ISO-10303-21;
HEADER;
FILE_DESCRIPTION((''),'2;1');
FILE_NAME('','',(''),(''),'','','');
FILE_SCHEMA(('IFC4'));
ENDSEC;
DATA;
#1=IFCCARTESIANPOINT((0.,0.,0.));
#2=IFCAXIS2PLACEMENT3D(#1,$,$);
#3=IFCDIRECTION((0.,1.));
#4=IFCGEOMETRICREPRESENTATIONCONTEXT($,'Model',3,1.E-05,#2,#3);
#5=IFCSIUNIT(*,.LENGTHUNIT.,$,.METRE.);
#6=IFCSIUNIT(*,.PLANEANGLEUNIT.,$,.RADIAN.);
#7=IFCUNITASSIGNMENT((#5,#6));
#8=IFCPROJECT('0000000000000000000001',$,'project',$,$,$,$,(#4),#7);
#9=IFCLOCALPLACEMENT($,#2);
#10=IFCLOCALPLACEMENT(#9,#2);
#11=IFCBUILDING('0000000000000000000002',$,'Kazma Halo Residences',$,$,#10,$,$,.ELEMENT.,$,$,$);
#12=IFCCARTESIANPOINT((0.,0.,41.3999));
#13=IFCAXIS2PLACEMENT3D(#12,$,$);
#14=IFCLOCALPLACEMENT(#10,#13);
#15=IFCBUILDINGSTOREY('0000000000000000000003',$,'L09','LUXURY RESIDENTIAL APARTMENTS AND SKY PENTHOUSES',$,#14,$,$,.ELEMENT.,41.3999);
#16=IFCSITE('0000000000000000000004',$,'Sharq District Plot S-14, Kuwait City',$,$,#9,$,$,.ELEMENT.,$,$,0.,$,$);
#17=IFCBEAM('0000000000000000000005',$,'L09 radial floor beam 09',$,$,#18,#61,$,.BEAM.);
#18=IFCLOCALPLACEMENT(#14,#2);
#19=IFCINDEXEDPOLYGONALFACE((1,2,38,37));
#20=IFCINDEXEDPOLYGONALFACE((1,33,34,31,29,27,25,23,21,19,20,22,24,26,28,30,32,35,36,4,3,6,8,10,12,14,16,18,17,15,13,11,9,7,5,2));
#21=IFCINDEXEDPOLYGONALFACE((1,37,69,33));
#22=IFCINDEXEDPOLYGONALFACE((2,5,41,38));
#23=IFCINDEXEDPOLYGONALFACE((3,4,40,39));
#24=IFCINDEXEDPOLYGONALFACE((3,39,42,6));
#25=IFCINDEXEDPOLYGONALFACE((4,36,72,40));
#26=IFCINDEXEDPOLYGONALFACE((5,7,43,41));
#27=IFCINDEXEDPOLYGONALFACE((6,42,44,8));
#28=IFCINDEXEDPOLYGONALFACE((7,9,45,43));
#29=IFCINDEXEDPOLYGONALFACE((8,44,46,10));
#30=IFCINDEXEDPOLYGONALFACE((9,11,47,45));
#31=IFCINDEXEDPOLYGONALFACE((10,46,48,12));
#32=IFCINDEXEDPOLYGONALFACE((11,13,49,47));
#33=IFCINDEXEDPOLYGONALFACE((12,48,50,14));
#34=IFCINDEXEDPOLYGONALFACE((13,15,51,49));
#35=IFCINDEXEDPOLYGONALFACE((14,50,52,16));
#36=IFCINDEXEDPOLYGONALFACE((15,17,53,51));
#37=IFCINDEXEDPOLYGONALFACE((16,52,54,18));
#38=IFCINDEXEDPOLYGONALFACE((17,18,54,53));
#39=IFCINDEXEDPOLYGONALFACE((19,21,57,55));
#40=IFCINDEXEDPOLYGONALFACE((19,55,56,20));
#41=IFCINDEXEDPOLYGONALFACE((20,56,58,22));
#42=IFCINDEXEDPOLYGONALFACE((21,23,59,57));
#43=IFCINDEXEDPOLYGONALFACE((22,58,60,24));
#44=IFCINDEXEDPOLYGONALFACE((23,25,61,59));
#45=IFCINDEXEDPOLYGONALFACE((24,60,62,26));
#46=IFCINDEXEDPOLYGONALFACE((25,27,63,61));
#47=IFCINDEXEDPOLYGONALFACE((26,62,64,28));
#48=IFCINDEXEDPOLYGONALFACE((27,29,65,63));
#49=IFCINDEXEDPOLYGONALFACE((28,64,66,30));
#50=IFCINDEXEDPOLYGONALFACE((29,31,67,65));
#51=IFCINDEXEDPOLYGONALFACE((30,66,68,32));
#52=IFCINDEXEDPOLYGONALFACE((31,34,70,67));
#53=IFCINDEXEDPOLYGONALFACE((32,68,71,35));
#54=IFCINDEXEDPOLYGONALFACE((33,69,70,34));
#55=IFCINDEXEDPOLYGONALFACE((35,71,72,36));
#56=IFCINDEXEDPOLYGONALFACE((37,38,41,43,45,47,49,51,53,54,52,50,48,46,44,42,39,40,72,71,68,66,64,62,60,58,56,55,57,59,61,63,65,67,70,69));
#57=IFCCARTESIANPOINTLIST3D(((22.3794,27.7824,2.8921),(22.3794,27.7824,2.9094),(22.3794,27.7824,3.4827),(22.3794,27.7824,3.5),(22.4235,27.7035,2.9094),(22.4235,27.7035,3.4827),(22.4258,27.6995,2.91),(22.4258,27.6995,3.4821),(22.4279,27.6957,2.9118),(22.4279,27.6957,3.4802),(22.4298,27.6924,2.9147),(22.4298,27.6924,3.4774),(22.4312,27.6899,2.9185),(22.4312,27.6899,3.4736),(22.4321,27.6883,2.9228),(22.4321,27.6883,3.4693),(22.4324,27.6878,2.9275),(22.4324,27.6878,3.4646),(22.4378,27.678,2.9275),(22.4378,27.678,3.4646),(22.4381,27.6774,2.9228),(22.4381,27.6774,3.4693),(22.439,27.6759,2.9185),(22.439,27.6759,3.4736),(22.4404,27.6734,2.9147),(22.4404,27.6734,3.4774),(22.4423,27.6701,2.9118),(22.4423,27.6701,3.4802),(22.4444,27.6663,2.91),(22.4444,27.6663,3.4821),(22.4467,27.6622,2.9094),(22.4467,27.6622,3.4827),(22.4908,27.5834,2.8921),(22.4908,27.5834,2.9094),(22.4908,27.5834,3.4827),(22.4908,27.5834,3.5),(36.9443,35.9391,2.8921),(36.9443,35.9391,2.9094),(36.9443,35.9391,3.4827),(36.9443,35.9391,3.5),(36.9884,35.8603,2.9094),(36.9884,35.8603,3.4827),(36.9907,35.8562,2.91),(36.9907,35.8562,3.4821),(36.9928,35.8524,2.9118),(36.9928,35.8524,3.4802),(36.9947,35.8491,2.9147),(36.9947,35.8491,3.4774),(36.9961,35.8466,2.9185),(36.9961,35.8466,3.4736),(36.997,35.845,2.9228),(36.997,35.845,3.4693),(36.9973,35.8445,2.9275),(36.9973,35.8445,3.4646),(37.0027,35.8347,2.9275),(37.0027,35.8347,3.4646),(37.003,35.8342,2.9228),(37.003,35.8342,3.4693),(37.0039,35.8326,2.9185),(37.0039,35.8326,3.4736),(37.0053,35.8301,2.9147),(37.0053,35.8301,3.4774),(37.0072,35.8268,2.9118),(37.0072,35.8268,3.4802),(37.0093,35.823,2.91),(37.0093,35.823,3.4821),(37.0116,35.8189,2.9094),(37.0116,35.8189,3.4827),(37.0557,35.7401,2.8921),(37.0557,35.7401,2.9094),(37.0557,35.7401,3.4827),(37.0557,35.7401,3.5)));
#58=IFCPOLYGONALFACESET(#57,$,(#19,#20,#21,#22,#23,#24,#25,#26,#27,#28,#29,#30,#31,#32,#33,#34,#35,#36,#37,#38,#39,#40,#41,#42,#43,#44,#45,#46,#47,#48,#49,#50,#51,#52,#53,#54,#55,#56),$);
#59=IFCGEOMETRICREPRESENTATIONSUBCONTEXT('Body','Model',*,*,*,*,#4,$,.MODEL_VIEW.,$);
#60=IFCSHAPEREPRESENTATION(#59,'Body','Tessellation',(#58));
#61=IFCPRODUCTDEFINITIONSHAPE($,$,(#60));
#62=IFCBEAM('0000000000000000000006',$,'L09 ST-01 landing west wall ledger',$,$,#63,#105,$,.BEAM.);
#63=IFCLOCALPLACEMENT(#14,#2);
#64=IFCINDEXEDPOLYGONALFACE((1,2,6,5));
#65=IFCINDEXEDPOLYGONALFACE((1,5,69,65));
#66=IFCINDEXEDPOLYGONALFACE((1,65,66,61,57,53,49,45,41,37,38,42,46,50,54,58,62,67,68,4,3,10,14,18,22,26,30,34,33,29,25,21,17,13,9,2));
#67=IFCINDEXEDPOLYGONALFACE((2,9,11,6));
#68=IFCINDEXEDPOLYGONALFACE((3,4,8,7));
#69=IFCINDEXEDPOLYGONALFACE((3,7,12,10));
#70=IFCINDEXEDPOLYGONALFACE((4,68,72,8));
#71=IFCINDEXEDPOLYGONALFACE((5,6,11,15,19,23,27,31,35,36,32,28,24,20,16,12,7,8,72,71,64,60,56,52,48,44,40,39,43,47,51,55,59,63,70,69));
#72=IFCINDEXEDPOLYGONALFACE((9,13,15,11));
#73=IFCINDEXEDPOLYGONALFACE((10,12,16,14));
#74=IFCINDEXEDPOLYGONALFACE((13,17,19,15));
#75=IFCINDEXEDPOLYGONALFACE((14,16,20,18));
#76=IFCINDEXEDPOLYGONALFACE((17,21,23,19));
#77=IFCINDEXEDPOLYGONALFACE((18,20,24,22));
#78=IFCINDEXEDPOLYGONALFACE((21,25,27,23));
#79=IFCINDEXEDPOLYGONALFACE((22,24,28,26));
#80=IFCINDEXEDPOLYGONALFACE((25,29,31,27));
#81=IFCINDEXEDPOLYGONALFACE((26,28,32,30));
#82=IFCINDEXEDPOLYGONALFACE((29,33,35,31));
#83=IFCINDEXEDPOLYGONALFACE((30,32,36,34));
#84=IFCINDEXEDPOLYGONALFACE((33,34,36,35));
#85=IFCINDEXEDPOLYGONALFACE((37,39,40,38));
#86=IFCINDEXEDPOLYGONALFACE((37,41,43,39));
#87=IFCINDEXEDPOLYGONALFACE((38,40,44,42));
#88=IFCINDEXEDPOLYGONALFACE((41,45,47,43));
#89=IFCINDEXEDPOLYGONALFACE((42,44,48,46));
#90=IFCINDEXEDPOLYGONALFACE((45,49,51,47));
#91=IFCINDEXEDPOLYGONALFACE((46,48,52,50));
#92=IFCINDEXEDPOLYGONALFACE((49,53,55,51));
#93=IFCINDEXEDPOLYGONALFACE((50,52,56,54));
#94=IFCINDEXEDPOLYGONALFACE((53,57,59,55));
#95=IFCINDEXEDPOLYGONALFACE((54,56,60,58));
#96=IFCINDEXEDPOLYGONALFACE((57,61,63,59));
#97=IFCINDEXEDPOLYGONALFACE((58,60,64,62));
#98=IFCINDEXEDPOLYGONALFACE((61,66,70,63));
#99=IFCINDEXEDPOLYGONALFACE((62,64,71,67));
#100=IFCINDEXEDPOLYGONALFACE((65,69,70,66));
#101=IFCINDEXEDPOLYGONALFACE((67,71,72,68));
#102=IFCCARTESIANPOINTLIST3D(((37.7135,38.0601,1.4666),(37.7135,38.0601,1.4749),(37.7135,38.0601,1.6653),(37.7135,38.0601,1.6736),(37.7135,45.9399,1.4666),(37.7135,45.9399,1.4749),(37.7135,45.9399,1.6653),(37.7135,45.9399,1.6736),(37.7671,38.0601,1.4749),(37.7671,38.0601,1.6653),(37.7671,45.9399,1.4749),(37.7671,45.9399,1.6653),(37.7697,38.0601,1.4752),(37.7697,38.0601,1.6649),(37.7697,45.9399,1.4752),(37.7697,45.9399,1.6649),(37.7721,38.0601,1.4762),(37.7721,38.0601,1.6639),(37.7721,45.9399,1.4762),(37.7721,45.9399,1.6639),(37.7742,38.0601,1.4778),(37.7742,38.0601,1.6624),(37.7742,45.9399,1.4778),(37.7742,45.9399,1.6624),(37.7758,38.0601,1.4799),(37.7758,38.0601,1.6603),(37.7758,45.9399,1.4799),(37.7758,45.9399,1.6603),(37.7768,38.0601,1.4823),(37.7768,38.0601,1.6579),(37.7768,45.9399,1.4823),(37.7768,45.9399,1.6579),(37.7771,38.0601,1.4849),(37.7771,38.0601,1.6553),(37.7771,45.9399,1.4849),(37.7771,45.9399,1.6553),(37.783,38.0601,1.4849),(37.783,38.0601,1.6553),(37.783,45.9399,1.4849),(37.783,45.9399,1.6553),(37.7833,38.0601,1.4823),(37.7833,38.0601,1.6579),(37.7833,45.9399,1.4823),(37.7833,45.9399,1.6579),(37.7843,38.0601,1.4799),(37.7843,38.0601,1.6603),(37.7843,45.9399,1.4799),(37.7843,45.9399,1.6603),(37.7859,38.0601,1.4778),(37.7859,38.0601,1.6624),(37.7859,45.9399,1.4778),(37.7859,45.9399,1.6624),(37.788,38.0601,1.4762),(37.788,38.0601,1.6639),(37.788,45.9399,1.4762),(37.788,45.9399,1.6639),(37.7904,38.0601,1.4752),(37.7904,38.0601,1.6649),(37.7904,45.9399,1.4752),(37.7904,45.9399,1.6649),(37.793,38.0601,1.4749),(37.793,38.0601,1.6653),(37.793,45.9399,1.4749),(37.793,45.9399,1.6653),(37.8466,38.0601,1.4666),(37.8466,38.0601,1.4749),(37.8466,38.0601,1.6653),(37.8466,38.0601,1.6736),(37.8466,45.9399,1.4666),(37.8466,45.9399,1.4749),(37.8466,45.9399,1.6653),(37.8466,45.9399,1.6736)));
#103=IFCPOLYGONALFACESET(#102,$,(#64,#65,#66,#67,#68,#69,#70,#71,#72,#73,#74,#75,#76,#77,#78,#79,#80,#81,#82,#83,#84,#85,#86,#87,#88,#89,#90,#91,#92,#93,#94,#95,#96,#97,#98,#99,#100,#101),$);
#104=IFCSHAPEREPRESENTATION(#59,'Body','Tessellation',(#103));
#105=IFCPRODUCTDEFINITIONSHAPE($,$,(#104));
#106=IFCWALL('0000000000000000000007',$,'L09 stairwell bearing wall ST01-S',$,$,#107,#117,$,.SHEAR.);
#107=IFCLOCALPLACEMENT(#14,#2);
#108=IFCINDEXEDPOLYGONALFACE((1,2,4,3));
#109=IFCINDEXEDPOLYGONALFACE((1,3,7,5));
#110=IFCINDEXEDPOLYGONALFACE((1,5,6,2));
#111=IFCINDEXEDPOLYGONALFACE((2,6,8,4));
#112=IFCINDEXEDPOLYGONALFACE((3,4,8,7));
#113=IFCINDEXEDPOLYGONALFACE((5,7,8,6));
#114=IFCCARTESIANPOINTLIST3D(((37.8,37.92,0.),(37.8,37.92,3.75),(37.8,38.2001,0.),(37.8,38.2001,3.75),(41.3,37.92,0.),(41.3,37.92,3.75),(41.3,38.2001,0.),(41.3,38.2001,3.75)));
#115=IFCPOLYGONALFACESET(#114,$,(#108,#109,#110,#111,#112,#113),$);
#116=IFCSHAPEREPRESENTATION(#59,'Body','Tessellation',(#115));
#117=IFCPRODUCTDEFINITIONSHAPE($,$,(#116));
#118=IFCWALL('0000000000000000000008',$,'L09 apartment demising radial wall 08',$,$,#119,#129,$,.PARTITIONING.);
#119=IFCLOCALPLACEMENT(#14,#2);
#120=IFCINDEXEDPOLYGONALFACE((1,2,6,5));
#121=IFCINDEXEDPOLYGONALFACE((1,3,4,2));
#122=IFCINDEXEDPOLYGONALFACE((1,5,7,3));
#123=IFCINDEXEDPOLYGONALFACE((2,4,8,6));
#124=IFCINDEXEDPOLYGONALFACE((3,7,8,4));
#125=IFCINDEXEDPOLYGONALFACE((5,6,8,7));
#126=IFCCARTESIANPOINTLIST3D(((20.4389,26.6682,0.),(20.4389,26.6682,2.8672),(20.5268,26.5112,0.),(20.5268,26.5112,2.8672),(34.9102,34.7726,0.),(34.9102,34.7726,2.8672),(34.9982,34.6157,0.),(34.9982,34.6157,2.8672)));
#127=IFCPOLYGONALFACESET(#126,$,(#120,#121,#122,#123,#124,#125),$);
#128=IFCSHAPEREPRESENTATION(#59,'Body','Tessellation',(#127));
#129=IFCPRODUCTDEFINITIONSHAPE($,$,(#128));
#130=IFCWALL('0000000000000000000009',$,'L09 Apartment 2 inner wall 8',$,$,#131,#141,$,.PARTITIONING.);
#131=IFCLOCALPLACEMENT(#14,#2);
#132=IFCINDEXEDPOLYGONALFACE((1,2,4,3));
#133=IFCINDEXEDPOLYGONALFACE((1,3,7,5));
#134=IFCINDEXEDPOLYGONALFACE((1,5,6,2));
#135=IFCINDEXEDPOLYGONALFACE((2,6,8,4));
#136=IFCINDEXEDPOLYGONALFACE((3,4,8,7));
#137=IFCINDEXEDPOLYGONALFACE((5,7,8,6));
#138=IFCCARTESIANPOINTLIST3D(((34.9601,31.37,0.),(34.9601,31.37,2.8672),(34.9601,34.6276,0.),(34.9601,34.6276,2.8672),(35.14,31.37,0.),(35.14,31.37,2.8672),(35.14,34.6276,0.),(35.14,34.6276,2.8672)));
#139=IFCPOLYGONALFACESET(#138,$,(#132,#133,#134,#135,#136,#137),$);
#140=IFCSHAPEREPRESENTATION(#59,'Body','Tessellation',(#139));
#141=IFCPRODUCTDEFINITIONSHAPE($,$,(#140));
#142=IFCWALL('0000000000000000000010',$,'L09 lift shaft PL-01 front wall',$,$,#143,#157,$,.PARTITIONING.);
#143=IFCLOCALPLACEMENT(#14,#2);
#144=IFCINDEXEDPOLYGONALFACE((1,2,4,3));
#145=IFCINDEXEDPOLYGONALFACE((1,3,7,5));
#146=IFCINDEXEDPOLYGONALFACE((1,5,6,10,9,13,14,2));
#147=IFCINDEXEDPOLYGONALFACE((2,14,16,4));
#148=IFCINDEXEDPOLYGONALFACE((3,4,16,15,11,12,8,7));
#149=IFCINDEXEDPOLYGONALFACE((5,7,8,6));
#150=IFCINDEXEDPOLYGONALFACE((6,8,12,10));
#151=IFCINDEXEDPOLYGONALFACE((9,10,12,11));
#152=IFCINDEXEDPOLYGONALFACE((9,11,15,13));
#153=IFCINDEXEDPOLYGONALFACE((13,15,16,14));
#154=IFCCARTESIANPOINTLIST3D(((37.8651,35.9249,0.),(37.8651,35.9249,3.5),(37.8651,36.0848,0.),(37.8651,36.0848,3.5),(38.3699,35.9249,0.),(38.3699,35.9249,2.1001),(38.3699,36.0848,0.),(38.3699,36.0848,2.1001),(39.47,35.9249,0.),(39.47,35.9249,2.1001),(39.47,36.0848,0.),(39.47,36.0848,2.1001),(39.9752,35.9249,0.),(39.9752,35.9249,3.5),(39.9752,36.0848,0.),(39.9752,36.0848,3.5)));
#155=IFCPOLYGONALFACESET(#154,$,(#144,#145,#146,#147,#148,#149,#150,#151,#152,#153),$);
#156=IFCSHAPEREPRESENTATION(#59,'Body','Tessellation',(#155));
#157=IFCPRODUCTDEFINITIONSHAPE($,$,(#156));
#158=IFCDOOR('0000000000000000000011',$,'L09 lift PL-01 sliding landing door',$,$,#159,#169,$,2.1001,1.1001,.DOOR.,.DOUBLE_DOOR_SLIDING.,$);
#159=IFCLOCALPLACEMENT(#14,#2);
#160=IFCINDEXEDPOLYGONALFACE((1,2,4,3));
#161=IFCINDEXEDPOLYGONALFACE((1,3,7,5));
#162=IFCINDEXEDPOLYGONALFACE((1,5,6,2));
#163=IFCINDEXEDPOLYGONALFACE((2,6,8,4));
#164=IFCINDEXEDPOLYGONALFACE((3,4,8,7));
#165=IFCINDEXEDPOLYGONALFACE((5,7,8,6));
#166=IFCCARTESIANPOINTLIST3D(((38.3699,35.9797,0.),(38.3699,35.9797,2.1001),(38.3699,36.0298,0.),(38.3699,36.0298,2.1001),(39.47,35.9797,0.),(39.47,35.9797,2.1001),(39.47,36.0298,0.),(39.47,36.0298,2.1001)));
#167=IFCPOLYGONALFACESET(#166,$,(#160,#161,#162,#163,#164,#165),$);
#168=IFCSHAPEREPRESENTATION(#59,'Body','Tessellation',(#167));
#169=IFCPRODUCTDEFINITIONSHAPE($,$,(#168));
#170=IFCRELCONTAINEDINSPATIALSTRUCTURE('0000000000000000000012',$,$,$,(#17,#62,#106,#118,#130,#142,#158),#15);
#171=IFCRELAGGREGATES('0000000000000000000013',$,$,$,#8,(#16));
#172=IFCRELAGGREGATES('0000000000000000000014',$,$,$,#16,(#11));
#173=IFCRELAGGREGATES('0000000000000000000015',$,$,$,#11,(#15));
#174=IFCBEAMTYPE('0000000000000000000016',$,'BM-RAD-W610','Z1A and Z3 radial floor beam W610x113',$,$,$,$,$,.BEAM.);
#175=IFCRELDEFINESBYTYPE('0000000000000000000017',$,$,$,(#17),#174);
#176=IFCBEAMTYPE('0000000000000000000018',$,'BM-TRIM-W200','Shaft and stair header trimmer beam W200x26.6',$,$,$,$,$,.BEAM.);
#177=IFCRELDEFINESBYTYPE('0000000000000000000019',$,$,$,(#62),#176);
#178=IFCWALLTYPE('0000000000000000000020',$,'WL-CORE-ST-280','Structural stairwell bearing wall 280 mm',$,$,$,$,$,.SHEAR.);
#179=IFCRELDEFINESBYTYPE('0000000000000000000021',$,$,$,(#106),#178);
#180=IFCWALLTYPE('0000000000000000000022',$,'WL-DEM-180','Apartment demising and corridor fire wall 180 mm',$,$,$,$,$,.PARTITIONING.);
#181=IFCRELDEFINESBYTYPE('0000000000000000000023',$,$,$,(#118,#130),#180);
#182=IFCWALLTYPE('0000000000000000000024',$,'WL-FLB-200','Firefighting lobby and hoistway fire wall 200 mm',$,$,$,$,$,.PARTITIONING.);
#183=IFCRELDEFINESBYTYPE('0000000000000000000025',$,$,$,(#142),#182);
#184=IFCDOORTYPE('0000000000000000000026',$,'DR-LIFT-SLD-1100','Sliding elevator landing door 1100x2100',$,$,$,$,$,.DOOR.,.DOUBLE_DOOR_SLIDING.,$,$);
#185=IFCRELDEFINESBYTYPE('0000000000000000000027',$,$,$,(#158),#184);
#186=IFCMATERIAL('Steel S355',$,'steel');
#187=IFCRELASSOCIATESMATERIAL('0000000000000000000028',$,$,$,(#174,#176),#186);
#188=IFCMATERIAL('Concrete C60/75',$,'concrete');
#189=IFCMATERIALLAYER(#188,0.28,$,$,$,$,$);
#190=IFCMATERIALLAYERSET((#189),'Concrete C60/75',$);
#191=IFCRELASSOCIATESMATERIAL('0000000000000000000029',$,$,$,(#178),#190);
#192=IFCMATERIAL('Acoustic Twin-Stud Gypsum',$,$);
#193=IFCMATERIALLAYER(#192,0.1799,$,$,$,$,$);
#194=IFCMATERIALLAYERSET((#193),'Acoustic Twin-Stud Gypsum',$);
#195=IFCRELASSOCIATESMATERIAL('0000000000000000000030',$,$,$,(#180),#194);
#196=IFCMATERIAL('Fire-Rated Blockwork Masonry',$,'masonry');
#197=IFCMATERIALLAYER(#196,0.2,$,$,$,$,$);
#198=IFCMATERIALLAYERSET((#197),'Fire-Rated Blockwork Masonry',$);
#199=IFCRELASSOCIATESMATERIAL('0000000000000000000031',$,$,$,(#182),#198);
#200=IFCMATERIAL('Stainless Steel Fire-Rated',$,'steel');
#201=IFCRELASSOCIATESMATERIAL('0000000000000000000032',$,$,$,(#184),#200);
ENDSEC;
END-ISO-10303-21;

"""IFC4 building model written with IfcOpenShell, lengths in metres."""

from ifc_helpers import new_model, si_unit, direction, frame, frame_2d, origin, origin_2d, place, context, subcontext, project, spatial, rectangle, i_section, extrude, material, layer, layer_set, material_profile, profile_set, type_object, element, fill, save


model = new_model("IFC4")

# Units and contexts
model_context = context("Model", 3, precision=1e-05, world=origin(), true_north=direction((0.0, 1.0)))
body_context = subcontext(model_context, "Body", "Model", "MODEL_VIEW")
ifc_project = project(units=[si_unit("LENGTHUNIT", "METRE"), si_unit("PLANEANGLEUNIT", "RADIAN")], contexts=[model_context])

# Site, building, storey
site_placement = place(None, origin())
site = spatial("IfcSite", under=ifc_project, at=site_placement, Name="Sharq District Plot S-14, Kuwait City", CompositionType="ELEMENT", RefElevation=0.0)
building_placement = place(site_placement, origin())
building = spatial("IfcBuilding", under=site, at=building_placement, Name="Kazma Halo Residences", CompositionType="ELEMENT")
storey_placement = place(building_placement, frame((0.0, 0.0, 41.3999)))
storey = spatial("IfcBuildingStorey", under=building, at=storey_placement, Name="L09", Description="LUXURY RESIDENTIAL APARTMENTS AND SKY PENTHOUSES", CompositionType="ELEMENT", Elevation=41.3999)

# Beams
ifc_material_1 = material(Name="Steel S355", Category="steel")
ifc_material_profile_1 = material_profile(ifc_material_1, i_section(OverallWidth=0.228, OverallDepth=0.6079, WebThickness=0.0112, FlangeThickness=0.0173, FilletRadius=0.0181, at=origin_2d()), Name="W610x113")
ifc_profile_set_1 = profile_set([ifc_material_profile_1], Name="Steel S355")
beam_type_1 = type_object("IfcBeamType", Name="BM-RAD-W610", Description="Z1A and Z3 radial floor beam W610x113", PredefinedType="BEAM", material=ifc_profile_set_1)
beam_1_placement = place(storey_placement, frame((37.0, 35.8396, 3.196), z_axis=(-0.872497, -0.48862, 0.0), x_axis=(0.48862, -0.872497, 0.0)))
element("IfcBeam", 1, at=beam_1_placement, inside=storey, type_object=beam_type_1, Name="L09 radial floor beam 09", PredefinedType="BEAM", context=body_context, shape_type="SweptSolid", body=[
    extrude(i_section(OverallWidth=0.228, OverallDepth=0.6079, WebThickness=0.0112, FlangeThickness=0.0173, FilletRadius=0.0181, at=origin_2d()), origin(), (0.0, 0.0, 1.0), 16.6934),
])
ifc_material_profile_2 = material_profile(ifc_material_1, i_section(OverallWidth=0.1331, OverallDepth=0.207, WebThickness=0.0059, FlangeThickness=0.0083, FilletRadius=0.01, at=origin_2d()), Name="W200x26.6")
ifc_profile_set_2 = profile_set([ifc_material_profile_2], Name="Steel S355")
beam_type_2 = type_object("IfcBeamType", Name="BM-TRIM-W200", Description="Shaft and stair header trimmer beam W200x26.6", PredefinedType="BEAM", material=ifc_profile_set_2)
beam_2_placement = place(storey_placement, frame((37.78, 38.0601, 1.5701), z_axis=(0.0, 1.0, 0.0), x_axis=(-1.0, 0.0, 0.0)))
element("IfcBeam", 2, at=beam_2_placement, inside=storey, type_object=beam_type_2, Name="L09 ST-01 landing west wall ledger", PredefinedType="BEAM", context=body_context, shape_type="SweptSolid", body=[
    extrude(i_section(OverallWidth=0.1331, OverallDepth=0.207, WebThickness=0.0059, FlangeThickness=0.0083, FilletRadius=0.01, at=origin_2d()), origin(), (0.0, 0.0, 1.0), 7.8799),
])

# Walls
ifc_material_2 = material(Name="Concrete C60/75", Category="concrete")
ifc_layer_1 = layer(ifc_material_2, 0.28)
ifc_layer_set_1 = layer_set([ifc_layer_1], Name="Concrete C60/75")
wall_type_1 = type_object("IfcWallType", Name="WL-CORE-ST-280", Description="Structural stairwell bearing wall 280 mm", PredefinedType="SHEAR", material=ifc_layer_set_1)
wall_1_placement = place(storey_placement, frame((37.8, 38.0601, 0.0), z_axis=(0.0, 0.0, 1.0), x_axis=(1.0, 0.0, 0.0)))
element("IfcWall", 3, at=wall_1_placement, inside=storey, type_object=wall_type_1, Name="L09 stairwell bearing wall ST01-S", PredefinedType="SHEAR", context=body_context, shape_type="SweptSolid", body=[
    extrude(rectangle(XDim=3.5, YDim=0.28, at=frame_2d((1.75, 0.0))), origin(), (0.0, 0.0, 1.0), 3.75),
])
ifc_material_3 = material(Name="Acoustic Twin-Stud Gypsum")
ifc_layer_2 = layer(ifc_material_3, 0.1799)
ifc_layer_set_2 = layer_set([ifc_layer_2], Name="Acoustic Twin-Stud Gypsum")
wall_type_2 = type_object("IfcWallType", Name="WL-DEM-180", Description="Apartment demising and corridor fire wall 180 mm", PredefinedType="PARTITIONING", material=ifc_layer_set_2)
wall_2_placement = place(storey_placement, frame((34.9541, 34.6941, 0.0), z_axis=(0.0, 0.0, 1.0), x_axis=(-0.872493, -0.488626, 0.0)))
element("IfcWall", 4, at=wall_2_placement, inside=storey, type_object=wall_type_2, Name="L09 apartment demising radial wall 08", PredefinedType="PARTITIONING", context=body_context, shape_type="SweptSolid", body=[
    extrude(rectangle(XDim=16.5862, YDim=0.1799, at=frame_2d((8.293, 0.0))), origin(), (0.0, 0.0, 1.0), 2.8672),
])
wall_3_placement = place(storey_placement, frame((35.05, 34.6277, 0.0), z_axis=(0.0, 0.0, 1.0), x_axis=(0.0, -1.0, 0.0)))
element("IfcWall", 5, at=wall_3_placement, inside=storey, type_object=wall_type_2, Name="L09 Apartment 2 inner wall 8", PredefinedType="PARTITIONING", context=body_context, shape_type="SweptSolid", body=[
    extrude(rectangle(XDim=3.2576, YDim=0.1799, at=frame_2d((1.6289, 0.0))), origin(), (0.0, 0.0, 1.0), 2.8672),
])

# Wall, opening, door
ifc_material_4 = material(Name="Fire-Rated Blockwork Masonry", Category="masonry")
ifc_layer_3 = layer(ifc_material_4, 0.2)
ifc_layer_set_3 = layer_set([ifc_layer_3], Name="Fire-Rated Blockwork Masonry")
wall_type_3 = type_object("IfcWallType", Name="WL-FLB-200", Description="Firefighting lobby and hoistway fire wall 200 mm", PredefinedType="PARTITIONING", material=ifc_layer_set_3)
wall_4_placement = place(storey_placement, frame((37.865, 36.0049, 0.0), z_axis=(0.0, 0.0, 1.0), x_axis=(1.0, 0.0, 0.0)))
wall_4 = element("IfcWall", 6, at=wall_4_placement, inside=storey, type_object=wall_type_3, Name="L09 lift shaft PL-01 front wall", PredefinedType="PARTITIONING", context=body_context, shape_type="SweptSolid", body=[
    extrude(rectangle(XDim=2.1101, YDim=0.1599, at=frame_2d((1.0552, 0.0))), origin(), (0.0, 0.0, 1.0), 3.5),
])
opening_1_placement = place(wall_4_placement, frame((0.5049, 0.0, 0.0)))
opening_1 = element("IfcOpeningElement", 7, at=opening_1_placement, cuts=wall_4, PredefinedType="OPENING", context=body_context, shape_type="SweptSolid", body=[
    extrude(rectangle(XDim=1.1001, YDim=2.1001, at=frame_2d((0.55, 1.05))), frame((0.0, 0.0898, 0.0), z_axis=(0.0, -1.0, 0.0), x_axis=(1.0, 0.0, 0.0)), (0.0, 0.0, 1.0), 0.1799),
])
ifc_material_5 = material(Name="Stainless Steel Fire-Rated", Category="steel")
door_type_1 = type_object("IfcDoorType", Name="DR-LIFT-SLD-1100", Description="Sliding elevator landing door 1100x2100", OperationType="DOUBLE_DOOR_SLIDING", PredefinedType="DOOR", material=ifc_material_5)
door_1_placement = place(opening_1_placement, origin())
door_1 = element("IfcDoor", 8, at=door_1_placement, inside=storey, type_object=door_type_1, Name="L09 lift PL-01 sliding landing door", OperationType="DOUBLE_DOOR_SLIDING", OverallHeight=2.1001, OverallWidth=1.1001, PredefinedType="DOOR", context=body_context, shape_type="SweptSolid", body=[
    extrude(rectangle(XDim=1.1001, YDim=2.1001, at=frame_2d((0.55, 1.05))), frame((0.0, 0.0249, 0.0), z_axis=(0.0, -1.0, 0.0), x_axis=(1.0, 0.0, 0.0)), (0.0, 0.0, 1.0), 0.05),
])
fill(opening_1, door_1)

save(model, "model.ifc")
